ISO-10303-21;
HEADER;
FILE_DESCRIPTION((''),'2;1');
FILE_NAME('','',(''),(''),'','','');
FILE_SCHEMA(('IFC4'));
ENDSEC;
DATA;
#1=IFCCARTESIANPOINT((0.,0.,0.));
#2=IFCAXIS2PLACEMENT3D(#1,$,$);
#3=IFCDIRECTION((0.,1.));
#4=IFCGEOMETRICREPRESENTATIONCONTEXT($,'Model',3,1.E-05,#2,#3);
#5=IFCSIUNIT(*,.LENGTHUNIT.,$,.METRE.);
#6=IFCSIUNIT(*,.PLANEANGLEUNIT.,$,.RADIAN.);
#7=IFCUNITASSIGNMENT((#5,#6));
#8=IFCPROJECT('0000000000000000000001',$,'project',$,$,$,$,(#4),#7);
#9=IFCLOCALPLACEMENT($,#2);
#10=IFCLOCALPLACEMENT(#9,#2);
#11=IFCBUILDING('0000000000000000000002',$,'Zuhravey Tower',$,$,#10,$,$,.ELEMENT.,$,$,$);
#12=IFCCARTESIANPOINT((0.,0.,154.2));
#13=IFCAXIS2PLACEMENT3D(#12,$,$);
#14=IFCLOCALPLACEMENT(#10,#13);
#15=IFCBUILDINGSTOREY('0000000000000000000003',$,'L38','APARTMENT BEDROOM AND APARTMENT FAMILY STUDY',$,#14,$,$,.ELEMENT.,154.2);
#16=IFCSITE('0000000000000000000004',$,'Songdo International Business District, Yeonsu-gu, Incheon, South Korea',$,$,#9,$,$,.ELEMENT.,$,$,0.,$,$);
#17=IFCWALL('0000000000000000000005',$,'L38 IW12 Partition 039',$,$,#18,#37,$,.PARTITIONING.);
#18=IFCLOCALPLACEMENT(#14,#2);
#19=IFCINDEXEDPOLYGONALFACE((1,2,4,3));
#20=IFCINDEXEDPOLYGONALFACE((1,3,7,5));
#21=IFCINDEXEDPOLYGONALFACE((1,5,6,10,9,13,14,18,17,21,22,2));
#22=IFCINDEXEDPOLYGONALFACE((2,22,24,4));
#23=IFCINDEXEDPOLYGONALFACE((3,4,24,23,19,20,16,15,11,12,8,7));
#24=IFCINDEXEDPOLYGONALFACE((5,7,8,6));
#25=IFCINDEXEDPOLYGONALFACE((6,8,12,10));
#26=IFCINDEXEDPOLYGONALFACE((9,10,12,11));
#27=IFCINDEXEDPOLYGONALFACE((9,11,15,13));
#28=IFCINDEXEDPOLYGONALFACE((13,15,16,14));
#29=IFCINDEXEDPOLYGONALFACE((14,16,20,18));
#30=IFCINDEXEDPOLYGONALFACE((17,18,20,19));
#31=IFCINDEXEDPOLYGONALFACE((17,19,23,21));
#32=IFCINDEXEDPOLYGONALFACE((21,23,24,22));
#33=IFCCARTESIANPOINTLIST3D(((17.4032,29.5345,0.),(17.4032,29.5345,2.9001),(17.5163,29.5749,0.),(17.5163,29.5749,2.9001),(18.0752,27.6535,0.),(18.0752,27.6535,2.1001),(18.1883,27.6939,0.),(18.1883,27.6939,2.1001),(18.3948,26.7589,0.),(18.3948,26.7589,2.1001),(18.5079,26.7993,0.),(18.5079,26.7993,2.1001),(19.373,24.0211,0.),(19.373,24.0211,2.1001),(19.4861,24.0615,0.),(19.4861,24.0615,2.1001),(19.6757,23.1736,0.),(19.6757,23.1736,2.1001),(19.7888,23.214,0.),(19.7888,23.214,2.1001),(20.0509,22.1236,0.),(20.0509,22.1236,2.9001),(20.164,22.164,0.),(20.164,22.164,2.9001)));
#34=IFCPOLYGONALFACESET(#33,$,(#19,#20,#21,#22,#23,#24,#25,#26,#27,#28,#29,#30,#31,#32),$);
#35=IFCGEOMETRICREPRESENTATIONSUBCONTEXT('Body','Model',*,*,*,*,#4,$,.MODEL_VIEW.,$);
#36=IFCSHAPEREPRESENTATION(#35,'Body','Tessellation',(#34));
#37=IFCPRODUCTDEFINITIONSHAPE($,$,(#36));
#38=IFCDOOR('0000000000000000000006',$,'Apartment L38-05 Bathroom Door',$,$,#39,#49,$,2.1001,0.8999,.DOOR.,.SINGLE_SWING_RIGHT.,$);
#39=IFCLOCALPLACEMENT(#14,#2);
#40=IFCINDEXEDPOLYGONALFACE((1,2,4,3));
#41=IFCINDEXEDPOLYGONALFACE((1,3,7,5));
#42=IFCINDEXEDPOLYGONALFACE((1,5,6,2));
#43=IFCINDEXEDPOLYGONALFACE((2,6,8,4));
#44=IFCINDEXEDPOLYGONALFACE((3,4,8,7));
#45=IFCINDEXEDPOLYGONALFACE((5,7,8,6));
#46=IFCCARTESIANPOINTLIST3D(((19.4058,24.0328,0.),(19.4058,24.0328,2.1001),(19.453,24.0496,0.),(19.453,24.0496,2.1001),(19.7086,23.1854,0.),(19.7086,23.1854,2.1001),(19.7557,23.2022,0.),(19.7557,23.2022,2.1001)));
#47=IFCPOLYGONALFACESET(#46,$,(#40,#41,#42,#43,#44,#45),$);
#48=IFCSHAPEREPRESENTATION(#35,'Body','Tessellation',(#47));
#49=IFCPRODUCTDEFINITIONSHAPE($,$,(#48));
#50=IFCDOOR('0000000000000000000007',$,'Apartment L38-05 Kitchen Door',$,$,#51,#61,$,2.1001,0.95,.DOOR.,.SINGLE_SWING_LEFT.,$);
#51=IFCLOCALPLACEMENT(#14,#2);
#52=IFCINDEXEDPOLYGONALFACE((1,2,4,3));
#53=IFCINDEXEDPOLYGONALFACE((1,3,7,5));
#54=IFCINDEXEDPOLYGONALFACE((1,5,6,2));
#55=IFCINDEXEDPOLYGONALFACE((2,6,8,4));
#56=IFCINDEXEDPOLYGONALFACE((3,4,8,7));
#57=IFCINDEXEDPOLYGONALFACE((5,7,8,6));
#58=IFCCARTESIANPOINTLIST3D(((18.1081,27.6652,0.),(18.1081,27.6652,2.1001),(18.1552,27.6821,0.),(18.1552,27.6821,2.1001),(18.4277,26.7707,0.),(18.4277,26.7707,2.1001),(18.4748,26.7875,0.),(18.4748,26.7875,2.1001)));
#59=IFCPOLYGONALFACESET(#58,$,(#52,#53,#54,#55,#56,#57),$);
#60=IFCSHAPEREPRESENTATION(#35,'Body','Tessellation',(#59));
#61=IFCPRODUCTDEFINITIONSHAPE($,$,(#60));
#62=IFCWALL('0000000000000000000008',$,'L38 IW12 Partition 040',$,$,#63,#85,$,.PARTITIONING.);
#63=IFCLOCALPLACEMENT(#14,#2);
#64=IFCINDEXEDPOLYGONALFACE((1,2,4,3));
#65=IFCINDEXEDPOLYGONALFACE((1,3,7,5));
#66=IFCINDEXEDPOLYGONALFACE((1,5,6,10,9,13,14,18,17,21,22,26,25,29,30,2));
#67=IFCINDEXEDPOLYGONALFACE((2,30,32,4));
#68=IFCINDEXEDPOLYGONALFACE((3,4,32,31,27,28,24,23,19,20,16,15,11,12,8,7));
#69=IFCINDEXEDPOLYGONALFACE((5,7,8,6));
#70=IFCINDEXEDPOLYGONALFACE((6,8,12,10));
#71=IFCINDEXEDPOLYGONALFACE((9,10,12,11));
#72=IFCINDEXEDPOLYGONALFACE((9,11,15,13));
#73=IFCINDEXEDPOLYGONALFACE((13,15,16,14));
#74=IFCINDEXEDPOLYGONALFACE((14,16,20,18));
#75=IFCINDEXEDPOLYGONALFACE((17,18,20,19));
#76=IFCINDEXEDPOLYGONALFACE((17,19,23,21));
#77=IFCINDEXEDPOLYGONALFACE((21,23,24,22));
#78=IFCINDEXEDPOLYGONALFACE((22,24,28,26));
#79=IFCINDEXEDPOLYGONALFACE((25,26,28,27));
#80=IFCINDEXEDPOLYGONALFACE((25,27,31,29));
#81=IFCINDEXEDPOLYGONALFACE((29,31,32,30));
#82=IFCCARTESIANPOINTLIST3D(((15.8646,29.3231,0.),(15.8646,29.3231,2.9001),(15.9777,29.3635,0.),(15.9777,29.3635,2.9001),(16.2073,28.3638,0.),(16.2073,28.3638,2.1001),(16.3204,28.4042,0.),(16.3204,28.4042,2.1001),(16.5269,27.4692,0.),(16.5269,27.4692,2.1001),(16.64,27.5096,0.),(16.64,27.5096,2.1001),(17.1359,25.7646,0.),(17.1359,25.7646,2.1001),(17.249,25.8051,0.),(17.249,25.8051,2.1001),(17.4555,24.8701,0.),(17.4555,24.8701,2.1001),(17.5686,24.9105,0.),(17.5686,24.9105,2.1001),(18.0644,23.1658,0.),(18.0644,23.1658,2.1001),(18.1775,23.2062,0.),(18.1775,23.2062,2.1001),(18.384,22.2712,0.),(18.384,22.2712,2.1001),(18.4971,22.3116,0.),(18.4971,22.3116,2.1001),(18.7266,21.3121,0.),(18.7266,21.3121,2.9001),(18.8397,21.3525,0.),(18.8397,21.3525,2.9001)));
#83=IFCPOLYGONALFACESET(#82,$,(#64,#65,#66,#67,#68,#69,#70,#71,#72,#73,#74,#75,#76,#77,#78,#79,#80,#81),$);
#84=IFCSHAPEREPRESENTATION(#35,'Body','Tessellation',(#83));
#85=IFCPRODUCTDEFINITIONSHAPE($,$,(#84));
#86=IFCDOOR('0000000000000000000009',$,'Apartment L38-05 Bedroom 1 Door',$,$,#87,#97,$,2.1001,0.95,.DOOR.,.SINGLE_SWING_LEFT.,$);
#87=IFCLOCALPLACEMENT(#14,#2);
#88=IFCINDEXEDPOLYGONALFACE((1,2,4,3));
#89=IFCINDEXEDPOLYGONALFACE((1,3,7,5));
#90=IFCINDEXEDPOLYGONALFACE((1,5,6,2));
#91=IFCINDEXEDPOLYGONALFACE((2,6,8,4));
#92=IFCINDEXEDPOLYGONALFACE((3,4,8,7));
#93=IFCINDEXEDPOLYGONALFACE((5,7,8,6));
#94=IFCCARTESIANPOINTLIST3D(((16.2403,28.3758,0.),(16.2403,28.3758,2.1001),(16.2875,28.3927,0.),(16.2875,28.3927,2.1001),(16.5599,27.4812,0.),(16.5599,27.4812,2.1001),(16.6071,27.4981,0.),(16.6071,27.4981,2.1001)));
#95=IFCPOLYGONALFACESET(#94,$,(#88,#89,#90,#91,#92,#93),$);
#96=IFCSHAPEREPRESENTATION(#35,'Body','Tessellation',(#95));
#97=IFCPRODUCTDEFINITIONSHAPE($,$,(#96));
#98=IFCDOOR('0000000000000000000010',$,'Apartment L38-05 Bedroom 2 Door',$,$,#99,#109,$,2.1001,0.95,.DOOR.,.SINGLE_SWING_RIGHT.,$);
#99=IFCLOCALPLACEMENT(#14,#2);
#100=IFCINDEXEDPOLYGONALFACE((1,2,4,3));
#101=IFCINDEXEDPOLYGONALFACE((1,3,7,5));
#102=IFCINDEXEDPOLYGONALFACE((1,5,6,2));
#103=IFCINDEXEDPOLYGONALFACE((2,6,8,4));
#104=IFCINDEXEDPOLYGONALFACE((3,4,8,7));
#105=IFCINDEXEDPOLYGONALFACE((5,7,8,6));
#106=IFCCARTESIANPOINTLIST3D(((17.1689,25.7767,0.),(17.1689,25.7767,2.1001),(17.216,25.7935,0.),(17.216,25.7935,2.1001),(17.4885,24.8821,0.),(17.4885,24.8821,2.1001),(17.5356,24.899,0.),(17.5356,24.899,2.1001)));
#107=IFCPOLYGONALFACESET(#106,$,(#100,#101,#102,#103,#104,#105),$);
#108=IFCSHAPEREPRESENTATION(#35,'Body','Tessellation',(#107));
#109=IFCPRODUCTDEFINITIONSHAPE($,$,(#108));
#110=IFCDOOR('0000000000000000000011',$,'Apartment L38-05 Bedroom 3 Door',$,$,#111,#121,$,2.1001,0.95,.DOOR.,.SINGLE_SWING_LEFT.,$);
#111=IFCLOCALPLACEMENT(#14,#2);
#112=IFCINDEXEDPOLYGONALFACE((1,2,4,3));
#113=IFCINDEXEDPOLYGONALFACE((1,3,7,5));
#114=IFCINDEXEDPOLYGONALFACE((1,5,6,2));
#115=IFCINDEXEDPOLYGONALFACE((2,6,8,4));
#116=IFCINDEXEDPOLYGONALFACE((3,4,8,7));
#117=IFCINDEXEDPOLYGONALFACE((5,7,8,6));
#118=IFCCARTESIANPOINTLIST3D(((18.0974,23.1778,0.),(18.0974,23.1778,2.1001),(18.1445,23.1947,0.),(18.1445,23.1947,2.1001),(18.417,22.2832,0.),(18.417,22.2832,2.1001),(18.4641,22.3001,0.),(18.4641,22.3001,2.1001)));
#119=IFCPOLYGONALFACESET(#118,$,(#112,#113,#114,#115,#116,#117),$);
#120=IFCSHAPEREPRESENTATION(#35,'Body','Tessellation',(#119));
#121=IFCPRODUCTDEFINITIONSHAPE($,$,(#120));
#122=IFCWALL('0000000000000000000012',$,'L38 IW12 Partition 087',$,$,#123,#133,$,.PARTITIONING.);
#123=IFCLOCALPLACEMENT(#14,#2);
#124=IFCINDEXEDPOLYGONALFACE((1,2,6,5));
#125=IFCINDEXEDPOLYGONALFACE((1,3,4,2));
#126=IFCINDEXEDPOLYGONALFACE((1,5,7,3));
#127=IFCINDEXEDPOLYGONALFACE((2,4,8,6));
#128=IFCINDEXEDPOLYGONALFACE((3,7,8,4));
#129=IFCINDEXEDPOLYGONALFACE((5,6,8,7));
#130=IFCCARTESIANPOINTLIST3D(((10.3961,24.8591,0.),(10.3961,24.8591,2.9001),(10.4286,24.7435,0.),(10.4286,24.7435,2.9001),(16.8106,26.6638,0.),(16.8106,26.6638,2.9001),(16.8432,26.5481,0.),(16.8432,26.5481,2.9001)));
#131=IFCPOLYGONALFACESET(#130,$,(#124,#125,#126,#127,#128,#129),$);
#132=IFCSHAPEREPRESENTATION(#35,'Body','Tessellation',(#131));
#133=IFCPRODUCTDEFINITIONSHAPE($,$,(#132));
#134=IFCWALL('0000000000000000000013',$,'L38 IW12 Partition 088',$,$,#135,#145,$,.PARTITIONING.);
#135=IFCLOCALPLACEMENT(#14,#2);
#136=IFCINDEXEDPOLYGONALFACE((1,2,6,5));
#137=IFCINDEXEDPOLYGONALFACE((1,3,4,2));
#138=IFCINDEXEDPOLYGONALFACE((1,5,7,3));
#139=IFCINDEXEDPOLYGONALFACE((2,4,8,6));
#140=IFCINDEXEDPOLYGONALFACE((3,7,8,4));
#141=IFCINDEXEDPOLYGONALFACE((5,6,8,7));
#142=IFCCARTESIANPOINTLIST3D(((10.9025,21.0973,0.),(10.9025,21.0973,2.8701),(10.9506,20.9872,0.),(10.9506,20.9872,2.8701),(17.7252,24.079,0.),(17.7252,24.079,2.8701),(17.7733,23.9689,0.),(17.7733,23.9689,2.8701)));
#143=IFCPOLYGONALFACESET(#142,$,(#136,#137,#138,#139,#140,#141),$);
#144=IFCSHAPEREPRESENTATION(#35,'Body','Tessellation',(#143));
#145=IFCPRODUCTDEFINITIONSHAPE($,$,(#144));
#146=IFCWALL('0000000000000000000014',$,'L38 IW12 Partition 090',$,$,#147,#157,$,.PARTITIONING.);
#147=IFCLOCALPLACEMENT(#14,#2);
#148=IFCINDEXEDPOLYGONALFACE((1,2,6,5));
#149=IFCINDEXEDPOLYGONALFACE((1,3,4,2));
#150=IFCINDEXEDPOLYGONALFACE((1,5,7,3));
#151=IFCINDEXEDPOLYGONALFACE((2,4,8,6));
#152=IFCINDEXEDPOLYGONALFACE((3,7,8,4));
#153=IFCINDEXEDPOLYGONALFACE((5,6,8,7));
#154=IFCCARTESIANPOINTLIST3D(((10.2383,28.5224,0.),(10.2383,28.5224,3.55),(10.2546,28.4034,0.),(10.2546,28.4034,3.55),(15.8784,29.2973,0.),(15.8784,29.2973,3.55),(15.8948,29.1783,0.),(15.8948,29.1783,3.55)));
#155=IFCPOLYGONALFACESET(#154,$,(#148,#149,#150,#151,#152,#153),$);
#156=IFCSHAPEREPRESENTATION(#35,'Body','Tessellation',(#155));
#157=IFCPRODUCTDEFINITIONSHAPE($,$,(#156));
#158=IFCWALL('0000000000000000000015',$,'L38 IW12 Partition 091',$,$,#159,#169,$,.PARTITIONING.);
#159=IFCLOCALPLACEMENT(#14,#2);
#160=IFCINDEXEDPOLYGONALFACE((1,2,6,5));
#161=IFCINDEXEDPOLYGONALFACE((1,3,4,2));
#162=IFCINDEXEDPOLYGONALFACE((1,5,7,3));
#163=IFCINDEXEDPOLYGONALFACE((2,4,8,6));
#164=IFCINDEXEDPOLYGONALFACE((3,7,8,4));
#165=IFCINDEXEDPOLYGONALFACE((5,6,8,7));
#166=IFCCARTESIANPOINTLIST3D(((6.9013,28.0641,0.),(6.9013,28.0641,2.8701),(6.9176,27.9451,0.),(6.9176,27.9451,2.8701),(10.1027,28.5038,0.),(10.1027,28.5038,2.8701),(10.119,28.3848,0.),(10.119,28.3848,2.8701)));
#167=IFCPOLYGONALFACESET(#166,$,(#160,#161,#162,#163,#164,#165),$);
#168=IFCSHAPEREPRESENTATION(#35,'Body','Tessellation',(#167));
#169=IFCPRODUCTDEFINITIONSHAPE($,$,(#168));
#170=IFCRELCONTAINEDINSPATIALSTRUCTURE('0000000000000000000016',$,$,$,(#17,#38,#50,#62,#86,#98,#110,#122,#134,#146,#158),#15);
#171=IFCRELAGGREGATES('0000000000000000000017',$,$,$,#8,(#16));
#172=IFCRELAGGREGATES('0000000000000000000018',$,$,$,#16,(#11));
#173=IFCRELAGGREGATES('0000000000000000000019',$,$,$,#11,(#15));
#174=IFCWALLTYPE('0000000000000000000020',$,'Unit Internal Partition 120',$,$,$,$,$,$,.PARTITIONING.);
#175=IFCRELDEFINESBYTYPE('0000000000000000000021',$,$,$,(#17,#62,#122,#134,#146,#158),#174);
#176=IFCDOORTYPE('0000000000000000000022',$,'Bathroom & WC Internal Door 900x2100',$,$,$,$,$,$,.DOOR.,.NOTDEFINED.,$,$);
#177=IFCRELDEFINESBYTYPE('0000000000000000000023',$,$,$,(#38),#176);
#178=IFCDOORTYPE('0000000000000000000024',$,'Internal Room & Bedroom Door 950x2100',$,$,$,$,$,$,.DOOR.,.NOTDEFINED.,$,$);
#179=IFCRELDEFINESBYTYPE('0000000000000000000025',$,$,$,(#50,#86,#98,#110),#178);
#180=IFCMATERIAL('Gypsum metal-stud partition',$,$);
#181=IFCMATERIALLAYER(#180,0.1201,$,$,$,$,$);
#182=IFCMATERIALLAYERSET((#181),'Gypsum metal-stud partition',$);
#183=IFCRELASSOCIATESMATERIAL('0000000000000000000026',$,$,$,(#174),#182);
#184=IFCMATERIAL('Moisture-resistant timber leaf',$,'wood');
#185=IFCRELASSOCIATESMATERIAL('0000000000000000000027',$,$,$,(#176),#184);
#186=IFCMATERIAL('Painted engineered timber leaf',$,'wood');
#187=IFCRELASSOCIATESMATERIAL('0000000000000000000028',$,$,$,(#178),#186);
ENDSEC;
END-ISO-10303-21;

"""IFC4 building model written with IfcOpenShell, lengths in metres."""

from ifc_helpers import new_model, si_unit, direction, frame, frame_2d, origin, place, context, subcontext, project, spatial, rectangle, extrude, material, layer, layer_set, type_object, element, fill, save


model = new_model("IFC4")

# Units and contexts
model_context = context("Model", 3, precision=1e-05, world=origin(), true_north=direction((0.0, 1.0)))
body_context = subcontext(model_context, "Body", "Model", "MODEL_VIEW")
ifc_project = project(units=[si_unit("LENGTHUNIT", "METRE"), si_unit("PLANEANGLEUNIT", "RADIAN")], contexts=[model_context])

# Site, building, storey
site_placement = place(None, origin())
site = spatial("IfcSite", under=ifc_project, at=site_placement, Name="Songdo International Business District, Yeonsu-gu, Incheon, South Korea", CompositionType="ELEMENT", RefElevation=0.0)
building_placement = place(site_placement, origin())
building = spatial("IfcBuilding", under=site, at=building_placement, Name="Zuhravey Tower", CompositionType="ELEMENT")
storey_placement = place(building_placement, frame((0.0, 0.0, 154.2)))
storey = spatial("IfcBuildingStorey", under=building, at=storey_placement, Name="L38", Description="APARTMENT BEDROOM AND APARTMENT FAMILY STUDY", CompositionType="ELEMENT", Elevation=154.2)

# Walls, openings, doors
ifc_material_1 = material(Name="Gypsum metal-stud partition")
ifc_layer_1 = layer(ifc_material_1, 0.1201)
ifc_layer_set_1 = layer_set([ifc_layer_1], Name="Gypsum metal-stud partition")
wall_type_1 = type_object("IfcWallType", Name="Unit Internal Partition 120", PredefinedType="PARTITIONING", material=ifc_layer_set_1)
wall_1_placement = place(storey_placement, frame((17.4597, 29.5547, 0.0), z_axis=(0.0, 0.0, 1.0), x_axis=(0.336444, -0.941703, 0.0)))
wall_1 = element("IfcWall", 1, at=wall_1_placement, inside=storey, type_object=wall_type_1, Name="L38 IW12 Partition 039", PredefinedType="PARTITIONING", context=body_context, shape_type="SweptSolid", body=[
    extrude(rectangle(XDim=7.8696, YDim=0.1201, at=frame_2d((3.9348, 0.0))), origin(), (0.0, 0.0, 1.0), 2.9001),
])
opening_1_placement = place(wall_1_placement, frame((1.9973, 0.0, 0.0)))
opening_1 = element("IfcOpeningElement", 2, at=opening_1_placement, cuts=wall_1, PredefinedType="OPENING", context=body_context, shape_type="SweptSolid", body=[
    extrude(rectangle(XDim=0.95, YDim=2.1001, at=frame_2d((0.4751, 1.05))), frame((0.0, 0.072, 0.0), z_axis=(0.0, -1.0, 0.0), x_axis=(1.0, 0.0, 0.0)), (0.0, 0.0, 1.0), 0.144),
])
opening_2_placement = place(wall_1_placement, frame((5.8547, 0.0, 0.0)))
opening_2 = element("IfcOpeningElement", 3, at=opening_2_placement, cuts=wall_1, PredefinedType="OPENING", context=body_context, shape_type="SweptSolid", body=[
    extrude(rectangle(XDim=0.8999, YDim=2.1001, at=frame_2d((0.45, 1.05))), frame((0.0, 0.072, 0.0), z_axis=(0.0, -1.0, 0.0), x_axis=(1.0, 0.0, 0.0)), (0.0, 0.0, 1.0), 0.144),
])
ifc_material_2 = material(Name="Moisture-resistant timber leaf", Category="wood")
door_type_1 = type_object("IfcDoorType", Name="Bathroom & WC Internal Door 900x2100", OperationType="NOTDEFINED", PredefinedType="DOOR", material=ifc_material_2)
door_1_placement = place(opening_2_placement, origin())
door_1 = element("IfcDoor", 4, at=door_1_placement, inside=storey, type_object=door_type_1, Name="Apartment L38-05 Bathroom Door", OperationType="SINGLE_SWING_RIGHT", OverallHeight=2.1001, OverallWidth=0.8999, PredefinedType="DOOR", context=body_context, shape_type="SweptSolid", body=[
    extrude(rectangle(XDim=0.8999, YDim=2.1001, at=frame_2d((0.45, 1.05))), frame((0.0, 0.0249, 0.0), z_axis=(0.0, -1.0, 0.0), x_axis=(1.0, 0.0, 0.0)), (0.0, 0.0, 1.0), 0.05),
])
fill(opening_2, door_1)
ifc_material_3 = material(Name="Painted engineered timber leaf", Category="wood")
door_type_2 = type_object("IfcDoorType", Name="Internal Room & Bedroom Door 950x2100", OperationType="NOTDEFINED", PredefinedType="DOOR", material=ifc_material_3)
door_2_placement = place(opening_1_placement, origin())
door_2 = element("IfcDoor", 5, at=door_2_placement, inside=storey, type_object=door_type_2, Name="Apartment L38-05 Kitchen Door", OperationType="SINGLE_SWING_LEFT", OverallHeight=2.1001, OverallWidth=0.95, PredefinedType="DOOR", context=body_context, shape_type="SweptSolid", body=[
    extrude(rectangle(XDim=0.95, YDim=2.1001, at=frame_2d((0.4751, 1.05))), frame((0.0, 0.0249, 0.0), z_axis=(0.0, -1.0, 0.0), x_axis=(1.0, 0.0, 0.0)), (0.0, 0.0, 1.0), 0.05),
])
fill(opening_1, door_2)
wall_2_placement = place(storey_placement, frame((15.9211, 29.3433, 0.0), z_axis=(0.0, 0.0, 1.0), x_axis=(0.33644, -0.941705, 0.0)))
wall_2 = element("IfcWall", 6, at=wall_2_placement, inside=storey, type_object=wall_type_1, Name="L38 IW12 Partition 040", PredefinedType="PARTITIONING", context=body_context, shape_type="SweptSolid", body=[
    extrude(rectangle(XDim=8.5068, YDim=0.1201, at=frame_2d((4.2534, 0.0))), origin(), (0.0, 0.0, 1.0), 2.9001),
])
opening_3_placement = place(wall_2_placement, frame((1.0186, 0.0, 0.0)))
opening_3 = element("IfcOpeningElement", 7, at=opening_3_placement, cuts=wall_2, PredefinedType="OPENING", context=body_context, shape_type="SweptSolid", body=[
    extrude(rectangle(XDim=0.95, YDim=2.1001, at=frame_2d((0.4751, 1.05))), frame((0.0, 0.072, 0.0), z_axis=(0.0, -1.0, 0.0), x_axis=(1.0, 0.0, 0.0)), (0.0, 0.0, 1.0), 0.144),
])
opening_4_placement = place(wall_2_placement, frame((3.7786, 0.0, 0.0)))
opening_4 = element("IfcOpeningElement", 8, at=opening_4_placement, cuts=wall_2, PredefinedType="OPENING", context=body_context, shape_type="SweptSolid", body=[
    extrude(rectangle(XDim=0.95, YDim=2.1001, at=frame_2d((0.4751, 1.05))), frame((0.0, 0.072, 0.0), z_axis=(0.0, -1.0, 0.0), x_axis=(1.0, 0.0, 0.0)), (0.0, 0.0, 1.0), 0.144),
])
opening_5_placement = place(wall_2_placement, frame((6.5383, 0.0, 0.0)))
opening_5 = element("IfcOpeningElement", 9, at=opening_5_placement, cuts=wall_2, PredefinedType="OPENING", context=body_context, shape_type="SweptSolid", body=[
    extrude(rectangle(XDim=0.95, YDim=2.1001, at=frame_2d((0.4751, 1.05))), frame((0.0, 0.072, 0.0), z_axis=(0.0, -1.0, 0.0), x_axis=(1.0, 0.0, 0.0)), (0.0, 0.0, 1.0), 0.144),
])
door_3_placement = place(opening_3_placement, frame((0.95, 0.0, 0.0), z_axis=(0.0, 0.0, 1.0), x_axis=(-1.0, 0.0, 0.0)))
door_3 = element("IfcDoor", 10, at=door_3_placement, inside=storey, type_object=door_type_2, Name="Apartment L38-05 Bedroom 1 Door", OperationType="SINGLE_SWING_LEFT", OverallHeight=2.1001, OverallWidth=0.95, PredefinedType="DOOR", context=body_context, shape_type="SweptSolid", body=[
    extrude(rectangle(XDim=0.95, YDim=2.1001, at=frame_2d((0.4751, 1.05))), frame((0.0, 0.0249, 0.0), z_axis=(0.0, -1.0, 0.0), x_axis=(1.0, 0.0, 0.0)), (0.0, 0.0, 1.0), 0.05),
])
fill(opening_3, door_3)
door_4_placement = place(opening_4_placement, frame((0.95, 0.0, 0.0), z_axis=(0.0, 0.0, 1.0), x_axis=(-1.0, 0.0, 0.0)))
door_4 = element("IfcDoor", 11, at=door_4_placement, inside=storey, type_object=door_type_2, Name="Apartment L38-05 Bedroom 2 Door", OperationType="SINGLE_SWING_RIGHT", OverallHeight=2.1001, OverallWidth=0.95, PredefinedType="DOOR", context=body_context, shape_type="SweptSolid", body=[
    extrude(rectangle(XDim=0.95, YDim=2.1001, at=frame_2d((0.4751, 1.05))), frame((0.0, 0.0249, 0.0), z_axis=(0.0, -1.0, 0.0), x_axis=(1.0, 0.0, 0.0)), (0.0, 0.0, 1.0), 0.05),
])
fill(opening_4, door_4)
door_5_placement = place(opening_5_placement, frame((0.95, 0.0, 0.0), z_axis=(0.0, 0.0, 1.0), x_axis=(-1.0, 0.0, 0.0)))
door_5 = element("IfcDoor", 12, at=door_5_placement, inside=storey, type_object=door_type_2, Name="Apartment L38-05 Bedroom 3 Door", OperationType="SINGLE_SWING_LEFT", OverallHeight=2.1001, OverallWidth=0.95, PredefinedType="DOOR", context=body_context, shape_type="SweptSolid", body=[
    extrude(rectangle(XDim=0.95, YDim=2.1001, at=frame_2d((0.4751, 1.05))), frame((0.0, 0.0249, 0.0), z_axis=(0.0, -1.0, 0.0), x_axis=(1.0, 0.0, 0.0)), (0.0, 0.0, 1.0), 0.05),
])
fill(opening_5, door_5)

# Walls
wall_3_placement = place(storey_placement, frame((16.8269, 26.606, 0.0), z_axis=(0.0, 0.0, 1.0), x_axis=(-0.962628, -0.270828, 0.0)))
element("IfcWall", 13, at=wall_3_placement, inside=storey, type_object=wall_type_1, Name="L38 IW12 Partition 087", PredefinedType="PARTITIONING", context=body_context, shape_type="SweptSolid", body=[
    extrude(rectangle(XDim=6.6636, YDim=0.1201, at=frame_2d((3.3318, 0.0))), origin(), (0.0, 0.0, 1.0), 2.9001),
])
wall_4_placement = place(storey_placement, frame((17.7493, 24.0239, 0.0), z_axis=(0.0, 0.0, 1.0), x_axis=(-0.916318, -0.400451, 0.0)))
element("IfcWall", 14, at=wall_4_placement, inside=storey, type_object=wall_type_1, Name="L38 IW12 Partition 088", PredefinedType="PARTITIONING", context=body_context, shape_type="SweptSolid", body=[
    extrude(rectangle(XDim=7.4458, YDim=0.1201, at=frame_2d((3.7229, 0.0))), origin(), (0.0, 0.0, 1.0), 2.8701),
])
wall_5_placement = place(storey_placement, frame((15.8867, 29.2378, 0.0), z_axis=(0.0, 0.0, 1.0), x_axis=(-0.990693, -0.136112, 0.0)))
element("IfcWall", 15, at=wall_5_placement, inside=storey, type_object=wall_type_1, Name="L38 IW12 Partition 090", PredefinedType="PARTITIONING", context=body_context, shape_type="SweptSolid", body=[
    extrude(rectangle(XDim=5.6931, YDim=0.1201, at=frame_2d((2.8467, 0.0))), origin(), (0.0, 0.0, 1.0), 3.55),
])
wall_6_placement = place(storey_placement, frame((10.1108, 28.4443, 0.0), z_axis=(0.0, 0.0, 1.0), x_axis=(-0.9907, -0.136067, 0.0)))
element("IfcWall", 16, at=wall_6_placement, inside=storey, type_object=wall_type_1, Name="L38 IW12 Partition 091", PredefinedType="PARTITIONING", context=body_context, shape_type="SweptSolid", body=[
    extrude(rectangle(XDim=3.2314, YDim=0.1201, at=frame_2d((1.6157, 0.0))), origin(), (0.0, 0.0, 1.0), 2.8701),
])

save(model, "model.ifc")
